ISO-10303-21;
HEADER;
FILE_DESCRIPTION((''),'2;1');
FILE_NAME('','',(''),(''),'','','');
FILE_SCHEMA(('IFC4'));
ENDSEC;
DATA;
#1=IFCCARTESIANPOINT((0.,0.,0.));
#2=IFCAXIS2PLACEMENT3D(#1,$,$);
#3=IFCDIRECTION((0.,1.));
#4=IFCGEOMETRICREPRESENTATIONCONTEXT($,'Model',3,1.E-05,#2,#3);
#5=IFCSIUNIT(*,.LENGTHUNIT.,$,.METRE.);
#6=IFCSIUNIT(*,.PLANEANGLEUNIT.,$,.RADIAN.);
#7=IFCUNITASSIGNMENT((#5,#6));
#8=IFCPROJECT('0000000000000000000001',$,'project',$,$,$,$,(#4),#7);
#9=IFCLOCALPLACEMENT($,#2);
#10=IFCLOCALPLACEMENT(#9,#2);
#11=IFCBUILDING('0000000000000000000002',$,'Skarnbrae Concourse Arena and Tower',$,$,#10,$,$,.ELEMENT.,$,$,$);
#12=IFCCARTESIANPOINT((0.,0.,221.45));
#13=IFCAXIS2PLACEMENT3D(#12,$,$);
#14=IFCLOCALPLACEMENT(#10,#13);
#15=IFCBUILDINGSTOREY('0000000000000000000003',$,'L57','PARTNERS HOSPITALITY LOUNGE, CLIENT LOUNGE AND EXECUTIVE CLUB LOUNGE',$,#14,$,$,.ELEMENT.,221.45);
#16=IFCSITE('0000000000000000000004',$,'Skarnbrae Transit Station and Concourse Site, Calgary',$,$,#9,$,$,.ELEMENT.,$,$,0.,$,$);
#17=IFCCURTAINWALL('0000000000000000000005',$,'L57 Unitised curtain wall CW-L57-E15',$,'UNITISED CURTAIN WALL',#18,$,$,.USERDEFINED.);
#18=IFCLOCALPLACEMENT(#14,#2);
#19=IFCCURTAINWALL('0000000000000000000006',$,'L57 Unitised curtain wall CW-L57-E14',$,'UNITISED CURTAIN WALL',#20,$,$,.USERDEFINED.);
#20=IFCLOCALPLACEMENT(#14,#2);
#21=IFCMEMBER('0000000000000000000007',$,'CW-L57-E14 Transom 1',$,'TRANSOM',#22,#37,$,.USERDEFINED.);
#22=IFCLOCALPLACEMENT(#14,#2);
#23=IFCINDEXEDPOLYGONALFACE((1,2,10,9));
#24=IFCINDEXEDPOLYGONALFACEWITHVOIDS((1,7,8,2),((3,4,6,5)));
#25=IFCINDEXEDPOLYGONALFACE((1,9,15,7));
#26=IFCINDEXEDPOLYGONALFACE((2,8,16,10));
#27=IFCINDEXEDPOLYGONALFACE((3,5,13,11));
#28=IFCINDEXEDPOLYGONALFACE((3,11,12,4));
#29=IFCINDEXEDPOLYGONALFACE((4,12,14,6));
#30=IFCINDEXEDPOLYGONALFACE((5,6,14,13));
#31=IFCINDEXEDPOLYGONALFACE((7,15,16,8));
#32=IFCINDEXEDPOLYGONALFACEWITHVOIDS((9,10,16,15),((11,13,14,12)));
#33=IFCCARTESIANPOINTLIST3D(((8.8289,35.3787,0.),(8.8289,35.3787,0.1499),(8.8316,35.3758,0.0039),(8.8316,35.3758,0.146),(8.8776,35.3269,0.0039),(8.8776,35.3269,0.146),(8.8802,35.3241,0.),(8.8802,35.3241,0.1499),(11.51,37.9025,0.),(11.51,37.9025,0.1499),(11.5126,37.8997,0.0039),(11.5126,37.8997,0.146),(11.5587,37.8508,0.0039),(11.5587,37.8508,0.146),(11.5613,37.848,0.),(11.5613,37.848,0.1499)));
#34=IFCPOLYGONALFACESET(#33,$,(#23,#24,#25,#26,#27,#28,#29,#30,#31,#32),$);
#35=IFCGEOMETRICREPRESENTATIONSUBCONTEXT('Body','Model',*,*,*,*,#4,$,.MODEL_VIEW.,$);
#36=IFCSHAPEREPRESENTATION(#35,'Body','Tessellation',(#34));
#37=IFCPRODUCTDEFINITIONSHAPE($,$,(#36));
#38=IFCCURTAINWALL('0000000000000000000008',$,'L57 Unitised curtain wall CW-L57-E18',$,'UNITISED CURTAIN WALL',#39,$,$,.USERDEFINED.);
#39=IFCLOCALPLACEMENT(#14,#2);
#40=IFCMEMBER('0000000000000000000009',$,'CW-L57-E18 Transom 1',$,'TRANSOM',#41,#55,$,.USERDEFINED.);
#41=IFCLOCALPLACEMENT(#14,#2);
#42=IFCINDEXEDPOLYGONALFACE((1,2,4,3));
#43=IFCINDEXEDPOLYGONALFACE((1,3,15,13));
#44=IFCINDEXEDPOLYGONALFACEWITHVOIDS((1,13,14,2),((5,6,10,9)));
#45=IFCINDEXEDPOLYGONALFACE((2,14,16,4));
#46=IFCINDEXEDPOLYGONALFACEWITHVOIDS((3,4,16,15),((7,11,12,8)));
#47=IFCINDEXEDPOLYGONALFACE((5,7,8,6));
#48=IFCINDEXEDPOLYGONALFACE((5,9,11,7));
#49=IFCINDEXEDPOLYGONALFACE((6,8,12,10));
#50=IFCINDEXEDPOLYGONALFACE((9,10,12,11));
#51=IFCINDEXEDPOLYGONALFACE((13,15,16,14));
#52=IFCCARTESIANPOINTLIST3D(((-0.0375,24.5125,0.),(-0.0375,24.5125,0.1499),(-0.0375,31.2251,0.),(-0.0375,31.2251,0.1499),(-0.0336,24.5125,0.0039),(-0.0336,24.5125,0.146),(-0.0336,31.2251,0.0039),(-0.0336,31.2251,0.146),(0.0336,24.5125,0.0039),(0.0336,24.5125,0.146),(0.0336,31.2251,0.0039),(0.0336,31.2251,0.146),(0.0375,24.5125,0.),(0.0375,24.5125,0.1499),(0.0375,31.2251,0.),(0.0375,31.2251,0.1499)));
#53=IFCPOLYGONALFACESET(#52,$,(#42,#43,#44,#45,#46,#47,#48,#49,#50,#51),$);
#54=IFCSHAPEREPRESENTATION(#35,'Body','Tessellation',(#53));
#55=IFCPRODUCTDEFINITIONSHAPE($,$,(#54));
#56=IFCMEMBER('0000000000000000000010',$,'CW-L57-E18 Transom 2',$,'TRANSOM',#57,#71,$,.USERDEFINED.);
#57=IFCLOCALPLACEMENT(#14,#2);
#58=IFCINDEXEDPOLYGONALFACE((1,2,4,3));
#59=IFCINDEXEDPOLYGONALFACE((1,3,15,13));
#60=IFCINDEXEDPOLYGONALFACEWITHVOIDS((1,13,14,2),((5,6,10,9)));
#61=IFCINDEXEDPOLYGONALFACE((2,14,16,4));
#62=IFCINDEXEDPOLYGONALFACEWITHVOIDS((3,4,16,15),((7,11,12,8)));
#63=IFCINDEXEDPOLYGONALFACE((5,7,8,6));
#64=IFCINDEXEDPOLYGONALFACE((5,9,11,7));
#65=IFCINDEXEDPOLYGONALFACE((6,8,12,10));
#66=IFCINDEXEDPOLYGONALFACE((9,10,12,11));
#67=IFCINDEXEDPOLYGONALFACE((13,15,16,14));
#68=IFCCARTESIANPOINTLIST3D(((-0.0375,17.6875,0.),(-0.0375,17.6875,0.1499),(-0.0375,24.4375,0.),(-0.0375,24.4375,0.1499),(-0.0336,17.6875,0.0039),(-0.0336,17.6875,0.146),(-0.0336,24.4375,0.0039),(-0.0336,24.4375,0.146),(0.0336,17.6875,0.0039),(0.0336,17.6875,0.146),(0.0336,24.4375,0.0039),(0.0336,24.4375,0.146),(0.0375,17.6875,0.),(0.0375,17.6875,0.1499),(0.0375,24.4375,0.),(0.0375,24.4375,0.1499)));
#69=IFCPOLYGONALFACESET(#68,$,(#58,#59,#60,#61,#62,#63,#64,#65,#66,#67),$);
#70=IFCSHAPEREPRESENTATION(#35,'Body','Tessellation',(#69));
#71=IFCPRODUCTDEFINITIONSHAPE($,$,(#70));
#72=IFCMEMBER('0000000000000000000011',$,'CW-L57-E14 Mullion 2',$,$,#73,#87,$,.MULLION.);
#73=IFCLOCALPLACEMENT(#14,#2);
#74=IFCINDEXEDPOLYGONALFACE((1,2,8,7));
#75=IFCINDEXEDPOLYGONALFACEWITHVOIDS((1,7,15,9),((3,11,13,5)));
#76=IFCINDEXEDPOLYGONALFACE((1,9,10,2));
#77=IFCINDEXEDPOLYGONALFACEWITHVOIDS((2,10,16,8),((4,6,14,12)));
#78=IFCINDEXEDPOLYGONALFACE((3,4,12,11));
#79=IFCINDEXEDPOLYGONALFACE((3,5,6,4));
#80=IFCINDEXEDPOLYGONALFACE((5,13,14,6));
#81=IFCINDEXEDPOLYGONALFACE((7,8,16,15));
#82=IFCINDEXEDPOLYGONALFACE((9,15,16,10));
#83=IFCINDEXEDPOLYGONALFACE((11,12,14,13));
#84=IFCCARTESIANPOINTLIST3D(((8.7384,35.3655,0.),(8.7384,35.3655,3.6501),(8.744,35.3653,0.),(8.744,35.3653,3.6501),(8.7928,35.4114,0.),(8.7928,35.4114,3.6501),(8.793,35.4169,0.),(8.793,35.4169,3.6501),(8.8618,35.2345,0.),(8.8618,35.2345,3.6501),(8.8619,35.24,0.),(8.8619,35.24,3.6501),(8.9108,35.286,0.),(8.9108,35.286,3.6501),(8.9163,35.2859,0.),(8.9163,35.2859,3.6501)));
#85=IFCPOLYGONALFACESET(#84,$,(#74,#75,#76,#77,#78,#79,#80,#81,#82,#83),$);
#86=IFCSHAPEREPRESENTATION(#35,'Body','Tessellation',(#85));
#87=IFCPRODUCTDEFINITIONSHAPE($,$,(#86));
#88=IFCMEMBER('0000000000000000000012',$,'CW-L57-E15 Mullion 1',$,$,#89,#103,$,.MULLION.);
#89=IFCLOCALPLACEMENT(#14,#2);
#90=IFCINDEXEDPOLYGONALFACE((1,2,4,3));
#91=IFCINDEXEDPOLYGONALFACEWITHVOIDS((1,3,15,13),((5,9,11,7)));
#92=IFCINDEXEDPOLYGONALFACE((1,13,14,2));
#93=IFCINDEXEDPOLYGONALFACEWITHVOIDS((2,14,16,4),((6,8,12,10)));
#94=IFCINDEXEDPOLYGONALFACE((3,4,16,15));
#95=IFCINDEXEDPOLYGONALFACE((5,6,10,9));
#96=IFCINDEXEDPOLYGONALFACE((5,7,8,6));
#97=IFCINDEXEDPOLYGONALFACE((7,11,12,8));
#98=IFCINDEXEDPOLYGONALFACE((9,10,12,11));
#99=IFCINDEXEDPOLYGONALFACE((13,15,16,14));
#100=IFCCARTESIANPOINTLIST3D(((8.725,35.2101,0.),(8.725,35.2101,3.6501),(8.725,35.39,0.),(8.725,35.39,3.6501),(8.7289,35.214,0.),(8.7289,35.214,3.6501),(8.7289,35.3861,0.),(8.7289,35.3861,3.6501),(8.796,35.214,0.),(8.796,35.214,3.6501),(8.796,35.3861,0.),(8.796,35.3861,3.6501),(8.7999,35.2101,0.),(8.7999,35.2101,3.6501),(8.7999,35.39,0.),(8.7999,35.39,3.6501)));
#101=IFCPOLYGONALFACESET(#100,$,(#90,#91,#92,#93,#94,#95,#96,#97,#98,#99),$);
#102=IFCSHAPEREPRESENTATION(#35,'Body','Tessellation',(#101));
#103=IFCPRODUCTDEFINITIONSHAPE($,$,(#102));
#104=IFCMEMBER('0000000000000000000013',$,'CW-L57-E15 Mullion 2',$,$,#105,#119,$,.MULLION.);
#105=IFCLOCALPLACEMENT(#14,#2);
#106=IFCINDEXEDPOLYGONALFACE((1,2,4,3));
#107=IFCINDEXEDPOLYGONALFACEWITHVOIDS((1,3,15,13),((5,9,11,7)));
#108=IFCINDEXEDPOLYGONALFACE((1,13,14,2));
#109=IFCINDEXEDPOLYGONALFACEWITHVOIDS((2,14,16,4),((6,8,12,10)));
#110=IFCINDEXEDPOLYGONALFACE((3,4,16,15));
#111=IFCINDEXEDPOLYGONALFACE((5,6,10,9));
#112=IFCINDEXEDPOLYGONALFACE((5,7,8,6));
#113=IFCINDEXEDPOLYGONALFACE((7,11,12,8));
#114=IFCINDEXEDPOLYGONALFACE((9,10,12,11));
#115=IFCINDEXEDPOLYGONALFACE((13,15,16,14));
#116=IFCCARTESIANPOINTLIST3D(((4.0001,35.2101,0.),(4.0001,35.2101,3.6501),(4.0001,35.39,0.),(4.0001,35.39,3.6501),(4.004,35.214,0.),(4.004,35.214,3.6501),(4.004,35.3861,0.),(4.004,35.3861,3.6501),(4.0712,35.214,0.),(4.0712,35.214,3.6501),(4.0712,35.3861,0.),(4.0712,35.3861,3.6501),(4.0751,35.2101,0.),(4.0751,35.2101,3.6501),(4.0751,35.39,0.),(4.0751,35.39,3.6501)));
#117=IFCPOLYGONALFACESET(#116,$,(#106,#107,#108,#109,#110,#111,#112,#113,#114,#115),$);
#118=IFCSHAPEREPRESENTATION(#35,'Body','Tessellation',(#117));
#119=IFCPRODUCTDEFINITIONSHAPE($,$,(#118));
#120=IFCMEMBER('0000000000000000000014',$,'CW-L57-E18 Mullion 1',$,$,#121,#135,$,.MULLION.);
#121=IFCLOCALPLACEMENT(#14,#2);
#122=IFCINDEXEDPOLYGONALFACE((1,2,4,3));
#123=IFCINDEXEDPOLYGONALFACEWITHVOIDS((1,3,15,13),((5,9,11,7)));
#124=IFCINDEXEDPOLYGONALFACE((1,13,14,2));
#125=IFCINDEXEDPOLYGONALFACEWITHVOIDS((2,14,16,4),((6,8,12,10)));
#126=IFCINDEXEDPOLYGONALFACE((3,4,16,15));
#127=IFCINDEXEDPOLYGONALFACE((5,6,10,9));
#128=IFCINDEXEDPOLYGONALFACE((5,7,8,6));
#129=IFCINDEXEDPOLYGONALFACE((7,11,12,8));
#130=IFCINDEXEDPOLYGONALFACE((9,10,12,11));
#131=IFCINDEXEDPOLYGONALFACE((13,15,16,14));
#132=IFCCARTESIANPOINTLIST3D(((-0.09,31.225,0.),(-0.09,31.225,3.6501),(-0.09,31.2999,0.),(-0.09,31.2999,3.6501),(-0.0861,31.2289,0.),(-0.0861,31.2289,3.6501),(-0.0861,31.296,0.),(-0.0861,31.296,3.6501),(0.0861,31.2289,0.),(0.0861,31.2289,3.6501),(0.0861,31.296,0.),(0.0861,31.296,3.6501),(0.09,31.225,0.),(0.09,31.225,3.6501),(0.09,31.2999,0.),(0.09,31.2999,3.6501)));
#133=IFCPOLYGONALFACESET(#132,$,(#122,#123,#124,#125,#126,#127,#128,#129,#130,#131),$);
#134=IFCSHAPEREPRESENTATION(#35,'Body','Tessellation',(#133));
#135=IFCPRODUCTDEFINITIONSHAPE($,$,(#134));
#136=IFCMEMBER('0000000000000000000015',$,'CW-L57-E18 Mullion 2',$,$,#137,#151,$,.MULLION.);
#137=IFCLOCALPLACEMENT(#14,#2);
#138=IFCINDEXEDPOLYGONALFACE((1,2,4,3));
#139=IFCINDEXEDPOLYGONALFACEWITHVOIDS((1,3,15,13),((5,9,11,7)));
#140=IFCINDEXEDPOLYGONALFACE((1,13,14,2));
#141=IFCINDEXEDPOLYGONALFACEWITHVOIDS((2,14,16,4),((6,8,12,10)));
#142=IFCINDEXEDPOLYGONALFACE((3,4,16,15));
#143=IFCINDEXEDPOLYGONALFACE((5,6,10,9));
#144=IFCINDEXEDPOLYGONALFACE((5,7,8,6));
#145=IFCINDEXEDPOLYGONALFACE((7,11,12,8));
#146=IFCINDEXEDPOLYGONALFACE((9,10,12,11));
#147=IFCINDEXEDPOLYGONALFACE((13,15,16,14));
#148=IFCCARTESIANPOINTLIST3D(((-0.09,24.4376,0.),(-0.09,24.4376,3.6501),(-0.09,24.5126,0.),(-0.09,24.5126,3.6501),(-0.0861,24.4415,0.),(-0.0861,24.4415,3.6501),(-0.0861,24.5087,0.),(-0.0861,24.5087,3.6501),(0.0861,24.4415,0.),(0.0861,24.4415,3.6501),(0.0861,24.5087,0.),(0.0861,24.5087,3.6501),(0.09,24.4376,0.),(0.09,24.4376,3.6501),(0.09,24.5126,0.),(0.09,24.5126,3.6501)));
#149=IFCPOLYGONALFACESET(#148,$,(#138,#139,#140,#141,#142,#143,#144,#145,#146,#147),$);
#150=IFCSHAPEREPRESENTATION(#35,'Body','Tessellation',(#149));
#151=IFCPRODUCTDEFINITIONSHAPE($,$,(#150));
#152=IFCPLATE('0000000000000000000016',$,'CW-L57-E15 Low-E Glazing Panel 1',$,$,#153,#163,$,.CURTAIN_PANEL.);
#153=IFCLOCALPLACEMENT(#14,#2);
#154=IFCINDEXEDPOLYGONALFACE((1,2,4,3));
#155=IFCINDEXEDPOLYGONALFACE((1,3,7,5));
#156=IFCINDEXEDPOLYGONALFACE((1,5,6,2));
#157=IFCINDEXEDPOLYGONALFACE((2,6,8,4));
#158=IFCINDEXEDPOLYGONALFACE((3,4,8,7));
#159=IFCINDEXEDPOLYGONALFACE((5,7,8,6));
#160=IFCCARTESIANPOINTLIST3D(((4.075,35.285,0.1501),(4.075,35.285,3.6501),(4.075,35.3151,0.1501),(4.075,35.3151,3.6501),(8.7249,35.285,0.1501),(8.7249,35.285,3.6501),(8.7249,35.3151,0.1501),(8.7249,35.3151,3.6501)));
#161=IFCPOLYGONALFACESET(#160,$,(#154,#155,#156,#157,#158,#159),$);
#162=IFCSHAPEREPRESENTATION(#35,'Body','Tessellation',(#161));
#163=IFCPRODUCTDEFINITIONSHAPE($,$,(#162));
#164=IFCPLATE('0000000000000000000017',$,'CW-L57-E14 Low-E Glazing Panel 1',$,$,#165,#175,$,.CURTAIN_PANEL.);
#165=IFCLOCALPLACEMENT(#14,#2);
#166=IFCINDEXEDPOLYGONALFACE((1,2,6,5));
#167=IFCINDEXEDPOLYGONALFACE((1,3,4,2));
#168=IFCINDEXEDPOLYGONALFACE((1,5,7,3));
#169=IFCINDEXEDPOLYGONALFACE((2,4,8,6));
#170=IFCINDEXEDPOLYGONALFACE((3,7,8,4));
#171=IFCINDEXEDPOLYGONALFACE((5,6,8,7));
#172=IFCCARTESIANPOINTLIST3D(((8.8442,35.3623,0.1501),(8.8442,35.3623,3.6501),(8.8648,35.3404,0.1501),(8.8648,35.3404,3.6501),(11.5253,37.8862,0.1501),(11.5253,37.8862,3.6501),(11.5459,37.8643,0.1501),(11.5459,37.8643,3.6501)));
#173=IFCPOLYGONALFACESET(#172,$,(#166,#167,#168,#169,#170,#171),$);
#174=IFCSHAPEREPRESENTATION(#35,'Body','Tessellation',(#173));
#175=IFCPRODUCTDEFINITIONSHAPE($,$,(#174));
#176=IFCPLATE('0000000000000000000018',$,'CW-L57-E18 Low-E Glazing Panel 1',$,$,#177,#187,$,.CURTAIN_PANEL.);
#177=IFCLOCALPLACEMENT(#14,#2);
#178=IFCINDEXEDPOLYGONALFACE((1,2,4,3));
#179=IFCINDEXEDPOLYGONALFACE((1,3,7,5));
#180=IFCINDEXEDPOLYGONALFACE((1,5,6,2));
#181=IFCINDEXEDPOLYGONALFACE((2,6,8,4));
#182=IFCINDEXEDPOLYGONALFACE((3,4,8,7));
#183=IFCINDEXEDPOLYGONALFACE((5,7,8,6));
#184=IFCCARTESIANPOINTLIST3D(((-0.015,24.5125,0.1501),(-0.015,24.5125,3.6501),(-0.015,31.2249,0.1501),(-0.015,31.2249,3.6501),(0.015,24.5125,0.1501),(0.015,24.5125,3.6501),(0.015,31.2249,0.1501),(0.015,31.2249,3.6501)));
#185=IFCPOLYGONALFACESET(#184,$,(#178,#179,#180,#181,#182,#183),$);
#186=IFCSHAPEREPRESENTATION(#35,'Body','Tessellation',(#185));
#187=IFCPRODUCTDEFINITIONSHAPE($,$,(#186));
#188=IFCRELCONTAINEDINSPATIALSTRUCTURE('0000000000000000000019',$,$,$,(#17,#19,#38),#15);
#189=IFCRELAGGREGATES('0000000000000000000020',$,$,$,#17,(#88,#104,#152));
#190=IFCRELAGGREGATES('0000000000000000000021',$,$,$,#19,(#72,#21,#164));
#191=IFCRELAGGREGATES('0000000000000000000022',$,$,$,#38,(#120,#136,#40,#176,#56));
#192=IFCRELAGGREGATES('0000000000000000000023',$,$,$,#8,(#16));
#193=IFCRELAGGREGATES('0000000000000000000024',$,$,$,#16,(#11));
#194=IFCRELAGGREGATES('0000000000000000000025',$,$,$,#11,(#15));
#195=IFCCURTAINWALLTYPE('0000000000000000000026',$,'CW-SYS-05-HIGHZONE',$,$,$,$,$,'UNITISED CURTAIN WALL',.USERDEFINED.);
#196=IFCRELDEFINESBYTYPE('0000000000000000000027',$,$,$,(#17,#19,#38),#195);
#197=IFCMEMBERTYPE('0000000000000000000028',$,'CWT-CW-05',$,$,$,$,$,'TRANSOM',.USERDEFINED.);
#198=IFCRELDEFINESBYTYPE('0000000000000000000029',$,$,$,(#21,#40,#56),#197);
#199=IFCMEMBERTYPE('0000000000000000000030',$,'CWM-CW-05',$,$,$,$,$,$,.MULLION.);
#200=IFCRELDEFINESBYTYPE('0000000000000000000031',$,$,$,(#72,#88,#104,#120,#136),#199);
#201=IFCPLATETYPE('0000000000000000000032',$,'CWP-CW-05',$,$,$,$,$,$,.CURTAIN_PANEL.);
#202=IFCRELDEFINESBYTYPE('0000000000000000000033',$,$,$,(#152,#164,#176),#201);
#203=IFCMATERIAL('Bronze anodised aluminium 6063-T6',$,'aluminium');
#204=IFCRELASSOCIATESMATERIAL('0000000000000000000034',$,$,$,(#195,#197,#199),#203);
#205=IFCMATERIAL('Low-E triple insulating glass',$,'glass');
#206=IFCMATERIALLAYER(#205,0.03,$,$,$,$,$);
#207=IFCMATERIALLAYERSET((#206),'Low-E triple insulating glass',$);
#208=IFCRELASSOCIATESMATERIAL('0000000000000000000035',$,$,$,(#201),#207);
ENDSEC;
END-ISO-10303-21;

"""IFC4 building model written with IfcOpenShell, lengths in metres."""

from ifc_helpers import new_model, si_unit, direction, frame, origin, origin_2d, place, context, subcontext, project, spatial, rectangle, hollow_rectangle, extrude, source, transform, mapped, material, layer, layer_set, material_profile, profile_set, type_object, element, aggregate, save


model = new_model("IFC4")

# Units and contexts
model_context = context("Model", 3, precision=1e-05, world=origin(), true_north=direction((0.0, 1.0)))
body_context = subcontext(model_context, "Body", "Model", "MODEL_VIEW")
ifc_project = project(units=[si_unit("LENGTHUNIT", "METRE"), si_unit("PLANEANGLEUNIT", "RADIAN")], contexts=[model_context])

# Site, building, storey
site_placement = place(None, origin())
site = spatial("IfcSite", under=ifc_project, at=site_placement, Name="Skarnbrae Transit Station and Concourse Site, Calgary", CompositionType="ELEMENT", RefElevation=0.0)
building_placement = place(site_placement, origin())
building = spatial("IfcBuilding", under=site, at=building_placement, Name="Skarnbrae Concourse Arena and Tower", CompositionType="ELEMENT")
storey_placement = place(building_placement, frame((0.0, 0.0, 221.45)))
storey = spatial("IfcBuildingStorey", under=building, at=storey_placement, Name="L57", Description="PARTNERS HOSPITALITY LOUNGE, CLIENT LOUNGE AND EXECUTIVE CLUB LOUNGE", CompositionType="ELEMENT", Elevation=221.45)

# Curtain walls, member
ifc_material_1 = material(Name="Bronze anodised aluminium 6063-T6", Category="aluminium")
curtain_wall_type = type_object("IfcCurtainWallType", Name="CW-SYS-05-HIGHZONE", ElementType="UNITISED CURTAIN WALL", PredefinedType="USERDEFINED", material=ifc_material_1)
curtain_wall_1_placement = place(storey_placement, origin())
curtain_wall_1 = element("IfcCurtainWall", 1, at=curtain_wall_1_placement, inside=storey, type_object=curtain_wall_type, Name="L57 Unitised curtain wall CW-L57-E15", ObjectType="UNITISED CURTAIN WALL", PredefinedType="USERDEFINED")
ifc_material_profile_1 = material_profile(ifc_material_1, hollow_rectangle(XDim=0.075, YDim=0.1499, WallThickness=0.0039, at=origin_2d()), Name="ALU-TRAN-75X150")
ifc_profile_set_1 = profile_set([ifc_material_profile_1], Name="Bronze anodised aluminium 6063-T6")
member_type_1 = type_object("IfcMemberType", Name="CWT-CW-05", ElementType="TRANSOM", PredefinedType="USERDEFINED", material=ifc_profile_set_1)
curtain_wall_2_placement = place(storey_placement, origin())
curtain_wall_2 = element("IfcCurtainWall", 2, at=curtain_wall_2_placement, inside=storey, type_object=curtain_wall_type, Name="L57 Unitised curtain wall CW-L57-E14", ObjectType="UNITISED CURTAIN WALL", PredefinedType="USERDEFINED")
shared_shape_1 = source(origin(), body_context, "Body", "SweptSolid", [
    extrude(hollow_rectangle(XDim=0.075, YDim=0.1499, WallThickness=0.0039, at=origin_2d()), origin(), (0.0, 0.0, 1.0), 3.6821),
])
member_1_placement = place(storey_placement, frame((11.5356, 37.8752, 0.075), z_axis=(-0.728134, -0.685435, 0.0), x_axis=(0.685435, -0.728134, 0.0)))
member_1 = element("IfcMember", 3, at=member_1_placement, type_object=member_type_1, Name="CW-L57-E14 Transom 1", ObjectType="TRANSOM", PredefinedType="USERDEFINED", context=body_context, shape_type="MappedRepresentation", body=[
    mapped(shared_shape_1, transform((0.0, 0.0, 0.0))),
])

# Curtain wall, members
curtain_wall_3_placement = place(storey_placement, origin())
curtain_wall_3 = element("IfcCurtainWall", 4, at=curtain_wall_3_placement, inside=storey, type_object=curtain_wall_type, Name="L57 Unitised curtain wall CW-L57-E18", ObjectType="UNITISED CURTAIN WALL", PredefinedType="USERDEFINED")
shared_shape_2 = source(origin(), body_context, "Body", "SweptSolid", [
    extrude(hollow_rectangle(XDim=0.075, YDim=0.1499, WallThickness=0.0039, at=origin_2d()), origin(), (0.0, 0.0, 1.0), 6.7126),
])
member_2_placement = place(storey_placement, frame((0.0, 31.2251, 0.075), z_axis=(0.0, -1.0, 0.0), x_axis=(1.0, 0.0, 0.0)))
member_2 = element("IfcMember", 5, at=member_2_placement, type_object=member_type_1, Name="CW-L57-E18 Transom 1", ObjectType="TRANSOM", PredefinedType="USERDEFINED", context=body_context, shape_type="MappedRepresentation", body=[
    mapped(shared_shape_2, transform((0.0, 0.0, 0.0))),
])
shared_shape_3 = source(origin(), body_context, "Body", "SweptSolid", [
    extrude(hollow_rectangle(XDim=0.075, YDim=0.1499, WallThickness=0.0039, at=origin_2d()), origin(), (0.0, 0.0, 1.0), 6.75),
])
member_3_placement = place(storey_placement, frame((0.0, 24.4375, 0.075), z_axis=(0.0, -1.0, 0.0), x_axis=(1.0, 0.0, 0.0)))
member_3 = element("IfcMember", 6, at=member_3_placement, type_object=member_type_1, Name="CW-L57-E18 Transom 2", ObjectType="TRANSOM", PredefinedType="USERDEFINED", context=body_context, shape_type="MappedRepresentation", body=[
    mapped(shared_shape_3, transform((0.0, 0.0, 0.0))),
])

# Members
ifc_material_profile_2 = material_profile(ifc_material_1, hollow_rectangle(XDim=0.075, YDim=0.1799, WallThickness=0.0039, at=origin_2d()), Name="ALU-MULL-75X180")
ifc_profile_set_2 = profile_set([ifc_material_profile_2], Name="Bronze anodised aluminium 6063-T6")
member_type_2 = type_object("IfcMemberType", Name="CWM-CW-05", PredefinedType="MULLION", material=ifc_profile_set_2)
shared_shape_4 = source(origin(), body_context, "Body", "SweptSolid", [
    extrude(hollow_rectangle(XDim=0.075, YDim=0.1799, WallThickness=0.0039, at=origin_2d()), origin(), (0.0, 0.0, 1.0), 3.6501),
])
member_4_placement = place(storey_placement, frame((8.8274, 35.3257, 0.0), z_axis=(0.0, 0.0, 1.0), x_axis=(-0.728131, -0.685438, 0.0)))
member_4 = element("IfcMember", 7, at=member_4_placement, type_object=member_type_2, Name="CW-L57-E14 Mullion 2", PredefinedType="MULLION", context=body_context, shape_type="MappedRepresentation", body=[
    mapped(shared_shape_4, transform((0.0, 0.0, 0.0))),
])
member_5_placement = place(storey_placement, frame((8.7625, 35.3, 0.0), z_axis=(0.0, 0.0, 1.0), x_axis=(-1.0, 0.0, 0.0)))
member_5 = element("IfcMember", 8, at=member_5_placement, type_object=member_type_2, Name="CW-L57-E15 Mullion 1", PredefinedType="MULLION", context=body_context, shape_type="MappedRepresentation", body=[
    mapped(shared_shape_4, transform((0.0, 0.0, 0.0))),
])
member_6_placement = place(storey_placement, frame((4.0376, 35.3, 0.0), z_axis=(0.0, 0.0, 1.0), x_axis=(-1.0, 0.0, 0.0)))
member_6 = element("IfcMember", 9, at=member_6_placement, type_object=member_type_2, Name="CW-L57-E15 Mullion 2", PredefinedType="MULLION", context=body_context, shape_type="MappedRepresentation", body=[
    mapped(shared_shape_4, transform((0.0, 0.0, 0.0))),
])
member_7_placement = place(storey_placement, frame((0.0, 31.2625, 0.0), z_axis=(0.0, 0.0, 1.0), x_axis=(0.0, -1.0, 0.0)))
member_7 = element("IfcMember", 10, at=member_7_placement, type_object=member_type_2, Name="CW-L57-E18 Mullion 1", PredefinedType="MULLION", context=body_context, shape_type="MappedRepresentation", body=[
    mapped(shared_shape_4, transform((0.0, 0.0, 0.0))),
])
member_8_placement = place(storey_placement, frame((0.0, 24.4751, 0.0), z_axis=(0.0, 0.0, 1.0), x_axis=(0.0, -1.0, 0.0)))
member_8 = element("IfcMember", 11, at=member_8_placement, type_object=member_type_2, Name="CW-L57-E18 Mullion 2", PredefinedType="MULLION", context=body_context, shape_type="MappedRepresentation", body=[
    mapped(shared_shape_4, transform((0.0, 0.0, 0.0))),
])

# Plates
ifc_material_2 = material(Name="Low-E triple insulating glass", Category="glass")
ifc_layer_1 = layer(ifc_material_2, 0.03)
ifc_layer_set_1 = layer_set([ifc_layer_1], Name="Low-E triple insulating glass")
plate_type = type_object("IfcPlateType", Name="CWP-CW-05", PredefinedType="CURTAIN_PANEL", material=ifc_layer_set_1)
shared_shape_5 = source(origin(), body_context, "Body", "SweptSolid", [
    extrude(rectangle(XDim=4.6499, YDim=0.03, at=origin_2d()), origin(), (0.0, 0.0, 1.0), 3.5),
])
plate_1_placement = place(storey_placement, frame((6.3999, 35.3, 0.1501), z_axis=(0.0, 0.0, 1.0), x_axis=(-1.0, 0.0, 0.0)))
plate_1 = element("IfcPlate", 12, at=plate_1_placement, type_object=plate_type, Name="CW-L57-E15 Low-E Glazing Panel 1", PredefinedType="CURTAIN_PANEL", context=body_context, shape_type="MappedRepresentation", body=[
    mapped(shared_shape_5, transform((0.0, 0.0, 0.0))),
])
aggregate(curtain_wall_1, [member_5, member_6, plate_1])
shared_shape_6 = source(origin(), body_context, "Body", "SweptSolid", [
    extrude(rectangle(XDim=3.6821, YDim=0.03, at=origin_2d()), origin(), (0.0, 0.0, 1.0), 3.5),
])
plate_2_placement = place(storey_placement, frame((10.1951, 36.6133, 0.1501), z_axis=(0.0, 0.0, 1.0), x_axis=(-0.728131, -0.685438, 0.0)))
plate_2 = element("IfcPlate", 13, at=plate_2_placement, type_object=plate_type, Name="CW-L57-E14 Low-E Glazing Panel 1", PredefinedType="CURTAIN_PANEL", context=body_context, shape_type="MappedRepresentation", body=[
    mapped(shared_shape_6, transform((0.0, 0.0, 0.0))),
])
aggregate(curtain_wall_2, [member_4, member_1, plate_2])
shared_shape_7 = source(origin(), body_context, "Body", "SweptSolid", [
    extrude(rectangle(XDim=6.7124, YDim=0.03, at=origin_2d()), origin(), (0.0, 0.0, 1.0), 3.5),
])
plate_3_placement = place(storey_placement, frame((0.0, 27.8687, 0.1501), z_axis=(0.0, 0.0, 1.0), x_axis=(0.0, -1.0, 0.0)))
plate_3 = element("IfcPlate", 14, at=plate_3_placement, type_object=plate_type, Name="CW-L57-E18 Low-E Glazing Panel 1", PredefinedType="CURTAIN_PANEL", context=body_context, shape_type="MappedRepresentation", body=[
    mapped(shared_shape_7, transform((0.0, 0.0, 0.0))),
])
aggregate(curtain_wall_3, [member_7, member_8, member_2, plate_3, member_3])

save(model, "model.ifc")
